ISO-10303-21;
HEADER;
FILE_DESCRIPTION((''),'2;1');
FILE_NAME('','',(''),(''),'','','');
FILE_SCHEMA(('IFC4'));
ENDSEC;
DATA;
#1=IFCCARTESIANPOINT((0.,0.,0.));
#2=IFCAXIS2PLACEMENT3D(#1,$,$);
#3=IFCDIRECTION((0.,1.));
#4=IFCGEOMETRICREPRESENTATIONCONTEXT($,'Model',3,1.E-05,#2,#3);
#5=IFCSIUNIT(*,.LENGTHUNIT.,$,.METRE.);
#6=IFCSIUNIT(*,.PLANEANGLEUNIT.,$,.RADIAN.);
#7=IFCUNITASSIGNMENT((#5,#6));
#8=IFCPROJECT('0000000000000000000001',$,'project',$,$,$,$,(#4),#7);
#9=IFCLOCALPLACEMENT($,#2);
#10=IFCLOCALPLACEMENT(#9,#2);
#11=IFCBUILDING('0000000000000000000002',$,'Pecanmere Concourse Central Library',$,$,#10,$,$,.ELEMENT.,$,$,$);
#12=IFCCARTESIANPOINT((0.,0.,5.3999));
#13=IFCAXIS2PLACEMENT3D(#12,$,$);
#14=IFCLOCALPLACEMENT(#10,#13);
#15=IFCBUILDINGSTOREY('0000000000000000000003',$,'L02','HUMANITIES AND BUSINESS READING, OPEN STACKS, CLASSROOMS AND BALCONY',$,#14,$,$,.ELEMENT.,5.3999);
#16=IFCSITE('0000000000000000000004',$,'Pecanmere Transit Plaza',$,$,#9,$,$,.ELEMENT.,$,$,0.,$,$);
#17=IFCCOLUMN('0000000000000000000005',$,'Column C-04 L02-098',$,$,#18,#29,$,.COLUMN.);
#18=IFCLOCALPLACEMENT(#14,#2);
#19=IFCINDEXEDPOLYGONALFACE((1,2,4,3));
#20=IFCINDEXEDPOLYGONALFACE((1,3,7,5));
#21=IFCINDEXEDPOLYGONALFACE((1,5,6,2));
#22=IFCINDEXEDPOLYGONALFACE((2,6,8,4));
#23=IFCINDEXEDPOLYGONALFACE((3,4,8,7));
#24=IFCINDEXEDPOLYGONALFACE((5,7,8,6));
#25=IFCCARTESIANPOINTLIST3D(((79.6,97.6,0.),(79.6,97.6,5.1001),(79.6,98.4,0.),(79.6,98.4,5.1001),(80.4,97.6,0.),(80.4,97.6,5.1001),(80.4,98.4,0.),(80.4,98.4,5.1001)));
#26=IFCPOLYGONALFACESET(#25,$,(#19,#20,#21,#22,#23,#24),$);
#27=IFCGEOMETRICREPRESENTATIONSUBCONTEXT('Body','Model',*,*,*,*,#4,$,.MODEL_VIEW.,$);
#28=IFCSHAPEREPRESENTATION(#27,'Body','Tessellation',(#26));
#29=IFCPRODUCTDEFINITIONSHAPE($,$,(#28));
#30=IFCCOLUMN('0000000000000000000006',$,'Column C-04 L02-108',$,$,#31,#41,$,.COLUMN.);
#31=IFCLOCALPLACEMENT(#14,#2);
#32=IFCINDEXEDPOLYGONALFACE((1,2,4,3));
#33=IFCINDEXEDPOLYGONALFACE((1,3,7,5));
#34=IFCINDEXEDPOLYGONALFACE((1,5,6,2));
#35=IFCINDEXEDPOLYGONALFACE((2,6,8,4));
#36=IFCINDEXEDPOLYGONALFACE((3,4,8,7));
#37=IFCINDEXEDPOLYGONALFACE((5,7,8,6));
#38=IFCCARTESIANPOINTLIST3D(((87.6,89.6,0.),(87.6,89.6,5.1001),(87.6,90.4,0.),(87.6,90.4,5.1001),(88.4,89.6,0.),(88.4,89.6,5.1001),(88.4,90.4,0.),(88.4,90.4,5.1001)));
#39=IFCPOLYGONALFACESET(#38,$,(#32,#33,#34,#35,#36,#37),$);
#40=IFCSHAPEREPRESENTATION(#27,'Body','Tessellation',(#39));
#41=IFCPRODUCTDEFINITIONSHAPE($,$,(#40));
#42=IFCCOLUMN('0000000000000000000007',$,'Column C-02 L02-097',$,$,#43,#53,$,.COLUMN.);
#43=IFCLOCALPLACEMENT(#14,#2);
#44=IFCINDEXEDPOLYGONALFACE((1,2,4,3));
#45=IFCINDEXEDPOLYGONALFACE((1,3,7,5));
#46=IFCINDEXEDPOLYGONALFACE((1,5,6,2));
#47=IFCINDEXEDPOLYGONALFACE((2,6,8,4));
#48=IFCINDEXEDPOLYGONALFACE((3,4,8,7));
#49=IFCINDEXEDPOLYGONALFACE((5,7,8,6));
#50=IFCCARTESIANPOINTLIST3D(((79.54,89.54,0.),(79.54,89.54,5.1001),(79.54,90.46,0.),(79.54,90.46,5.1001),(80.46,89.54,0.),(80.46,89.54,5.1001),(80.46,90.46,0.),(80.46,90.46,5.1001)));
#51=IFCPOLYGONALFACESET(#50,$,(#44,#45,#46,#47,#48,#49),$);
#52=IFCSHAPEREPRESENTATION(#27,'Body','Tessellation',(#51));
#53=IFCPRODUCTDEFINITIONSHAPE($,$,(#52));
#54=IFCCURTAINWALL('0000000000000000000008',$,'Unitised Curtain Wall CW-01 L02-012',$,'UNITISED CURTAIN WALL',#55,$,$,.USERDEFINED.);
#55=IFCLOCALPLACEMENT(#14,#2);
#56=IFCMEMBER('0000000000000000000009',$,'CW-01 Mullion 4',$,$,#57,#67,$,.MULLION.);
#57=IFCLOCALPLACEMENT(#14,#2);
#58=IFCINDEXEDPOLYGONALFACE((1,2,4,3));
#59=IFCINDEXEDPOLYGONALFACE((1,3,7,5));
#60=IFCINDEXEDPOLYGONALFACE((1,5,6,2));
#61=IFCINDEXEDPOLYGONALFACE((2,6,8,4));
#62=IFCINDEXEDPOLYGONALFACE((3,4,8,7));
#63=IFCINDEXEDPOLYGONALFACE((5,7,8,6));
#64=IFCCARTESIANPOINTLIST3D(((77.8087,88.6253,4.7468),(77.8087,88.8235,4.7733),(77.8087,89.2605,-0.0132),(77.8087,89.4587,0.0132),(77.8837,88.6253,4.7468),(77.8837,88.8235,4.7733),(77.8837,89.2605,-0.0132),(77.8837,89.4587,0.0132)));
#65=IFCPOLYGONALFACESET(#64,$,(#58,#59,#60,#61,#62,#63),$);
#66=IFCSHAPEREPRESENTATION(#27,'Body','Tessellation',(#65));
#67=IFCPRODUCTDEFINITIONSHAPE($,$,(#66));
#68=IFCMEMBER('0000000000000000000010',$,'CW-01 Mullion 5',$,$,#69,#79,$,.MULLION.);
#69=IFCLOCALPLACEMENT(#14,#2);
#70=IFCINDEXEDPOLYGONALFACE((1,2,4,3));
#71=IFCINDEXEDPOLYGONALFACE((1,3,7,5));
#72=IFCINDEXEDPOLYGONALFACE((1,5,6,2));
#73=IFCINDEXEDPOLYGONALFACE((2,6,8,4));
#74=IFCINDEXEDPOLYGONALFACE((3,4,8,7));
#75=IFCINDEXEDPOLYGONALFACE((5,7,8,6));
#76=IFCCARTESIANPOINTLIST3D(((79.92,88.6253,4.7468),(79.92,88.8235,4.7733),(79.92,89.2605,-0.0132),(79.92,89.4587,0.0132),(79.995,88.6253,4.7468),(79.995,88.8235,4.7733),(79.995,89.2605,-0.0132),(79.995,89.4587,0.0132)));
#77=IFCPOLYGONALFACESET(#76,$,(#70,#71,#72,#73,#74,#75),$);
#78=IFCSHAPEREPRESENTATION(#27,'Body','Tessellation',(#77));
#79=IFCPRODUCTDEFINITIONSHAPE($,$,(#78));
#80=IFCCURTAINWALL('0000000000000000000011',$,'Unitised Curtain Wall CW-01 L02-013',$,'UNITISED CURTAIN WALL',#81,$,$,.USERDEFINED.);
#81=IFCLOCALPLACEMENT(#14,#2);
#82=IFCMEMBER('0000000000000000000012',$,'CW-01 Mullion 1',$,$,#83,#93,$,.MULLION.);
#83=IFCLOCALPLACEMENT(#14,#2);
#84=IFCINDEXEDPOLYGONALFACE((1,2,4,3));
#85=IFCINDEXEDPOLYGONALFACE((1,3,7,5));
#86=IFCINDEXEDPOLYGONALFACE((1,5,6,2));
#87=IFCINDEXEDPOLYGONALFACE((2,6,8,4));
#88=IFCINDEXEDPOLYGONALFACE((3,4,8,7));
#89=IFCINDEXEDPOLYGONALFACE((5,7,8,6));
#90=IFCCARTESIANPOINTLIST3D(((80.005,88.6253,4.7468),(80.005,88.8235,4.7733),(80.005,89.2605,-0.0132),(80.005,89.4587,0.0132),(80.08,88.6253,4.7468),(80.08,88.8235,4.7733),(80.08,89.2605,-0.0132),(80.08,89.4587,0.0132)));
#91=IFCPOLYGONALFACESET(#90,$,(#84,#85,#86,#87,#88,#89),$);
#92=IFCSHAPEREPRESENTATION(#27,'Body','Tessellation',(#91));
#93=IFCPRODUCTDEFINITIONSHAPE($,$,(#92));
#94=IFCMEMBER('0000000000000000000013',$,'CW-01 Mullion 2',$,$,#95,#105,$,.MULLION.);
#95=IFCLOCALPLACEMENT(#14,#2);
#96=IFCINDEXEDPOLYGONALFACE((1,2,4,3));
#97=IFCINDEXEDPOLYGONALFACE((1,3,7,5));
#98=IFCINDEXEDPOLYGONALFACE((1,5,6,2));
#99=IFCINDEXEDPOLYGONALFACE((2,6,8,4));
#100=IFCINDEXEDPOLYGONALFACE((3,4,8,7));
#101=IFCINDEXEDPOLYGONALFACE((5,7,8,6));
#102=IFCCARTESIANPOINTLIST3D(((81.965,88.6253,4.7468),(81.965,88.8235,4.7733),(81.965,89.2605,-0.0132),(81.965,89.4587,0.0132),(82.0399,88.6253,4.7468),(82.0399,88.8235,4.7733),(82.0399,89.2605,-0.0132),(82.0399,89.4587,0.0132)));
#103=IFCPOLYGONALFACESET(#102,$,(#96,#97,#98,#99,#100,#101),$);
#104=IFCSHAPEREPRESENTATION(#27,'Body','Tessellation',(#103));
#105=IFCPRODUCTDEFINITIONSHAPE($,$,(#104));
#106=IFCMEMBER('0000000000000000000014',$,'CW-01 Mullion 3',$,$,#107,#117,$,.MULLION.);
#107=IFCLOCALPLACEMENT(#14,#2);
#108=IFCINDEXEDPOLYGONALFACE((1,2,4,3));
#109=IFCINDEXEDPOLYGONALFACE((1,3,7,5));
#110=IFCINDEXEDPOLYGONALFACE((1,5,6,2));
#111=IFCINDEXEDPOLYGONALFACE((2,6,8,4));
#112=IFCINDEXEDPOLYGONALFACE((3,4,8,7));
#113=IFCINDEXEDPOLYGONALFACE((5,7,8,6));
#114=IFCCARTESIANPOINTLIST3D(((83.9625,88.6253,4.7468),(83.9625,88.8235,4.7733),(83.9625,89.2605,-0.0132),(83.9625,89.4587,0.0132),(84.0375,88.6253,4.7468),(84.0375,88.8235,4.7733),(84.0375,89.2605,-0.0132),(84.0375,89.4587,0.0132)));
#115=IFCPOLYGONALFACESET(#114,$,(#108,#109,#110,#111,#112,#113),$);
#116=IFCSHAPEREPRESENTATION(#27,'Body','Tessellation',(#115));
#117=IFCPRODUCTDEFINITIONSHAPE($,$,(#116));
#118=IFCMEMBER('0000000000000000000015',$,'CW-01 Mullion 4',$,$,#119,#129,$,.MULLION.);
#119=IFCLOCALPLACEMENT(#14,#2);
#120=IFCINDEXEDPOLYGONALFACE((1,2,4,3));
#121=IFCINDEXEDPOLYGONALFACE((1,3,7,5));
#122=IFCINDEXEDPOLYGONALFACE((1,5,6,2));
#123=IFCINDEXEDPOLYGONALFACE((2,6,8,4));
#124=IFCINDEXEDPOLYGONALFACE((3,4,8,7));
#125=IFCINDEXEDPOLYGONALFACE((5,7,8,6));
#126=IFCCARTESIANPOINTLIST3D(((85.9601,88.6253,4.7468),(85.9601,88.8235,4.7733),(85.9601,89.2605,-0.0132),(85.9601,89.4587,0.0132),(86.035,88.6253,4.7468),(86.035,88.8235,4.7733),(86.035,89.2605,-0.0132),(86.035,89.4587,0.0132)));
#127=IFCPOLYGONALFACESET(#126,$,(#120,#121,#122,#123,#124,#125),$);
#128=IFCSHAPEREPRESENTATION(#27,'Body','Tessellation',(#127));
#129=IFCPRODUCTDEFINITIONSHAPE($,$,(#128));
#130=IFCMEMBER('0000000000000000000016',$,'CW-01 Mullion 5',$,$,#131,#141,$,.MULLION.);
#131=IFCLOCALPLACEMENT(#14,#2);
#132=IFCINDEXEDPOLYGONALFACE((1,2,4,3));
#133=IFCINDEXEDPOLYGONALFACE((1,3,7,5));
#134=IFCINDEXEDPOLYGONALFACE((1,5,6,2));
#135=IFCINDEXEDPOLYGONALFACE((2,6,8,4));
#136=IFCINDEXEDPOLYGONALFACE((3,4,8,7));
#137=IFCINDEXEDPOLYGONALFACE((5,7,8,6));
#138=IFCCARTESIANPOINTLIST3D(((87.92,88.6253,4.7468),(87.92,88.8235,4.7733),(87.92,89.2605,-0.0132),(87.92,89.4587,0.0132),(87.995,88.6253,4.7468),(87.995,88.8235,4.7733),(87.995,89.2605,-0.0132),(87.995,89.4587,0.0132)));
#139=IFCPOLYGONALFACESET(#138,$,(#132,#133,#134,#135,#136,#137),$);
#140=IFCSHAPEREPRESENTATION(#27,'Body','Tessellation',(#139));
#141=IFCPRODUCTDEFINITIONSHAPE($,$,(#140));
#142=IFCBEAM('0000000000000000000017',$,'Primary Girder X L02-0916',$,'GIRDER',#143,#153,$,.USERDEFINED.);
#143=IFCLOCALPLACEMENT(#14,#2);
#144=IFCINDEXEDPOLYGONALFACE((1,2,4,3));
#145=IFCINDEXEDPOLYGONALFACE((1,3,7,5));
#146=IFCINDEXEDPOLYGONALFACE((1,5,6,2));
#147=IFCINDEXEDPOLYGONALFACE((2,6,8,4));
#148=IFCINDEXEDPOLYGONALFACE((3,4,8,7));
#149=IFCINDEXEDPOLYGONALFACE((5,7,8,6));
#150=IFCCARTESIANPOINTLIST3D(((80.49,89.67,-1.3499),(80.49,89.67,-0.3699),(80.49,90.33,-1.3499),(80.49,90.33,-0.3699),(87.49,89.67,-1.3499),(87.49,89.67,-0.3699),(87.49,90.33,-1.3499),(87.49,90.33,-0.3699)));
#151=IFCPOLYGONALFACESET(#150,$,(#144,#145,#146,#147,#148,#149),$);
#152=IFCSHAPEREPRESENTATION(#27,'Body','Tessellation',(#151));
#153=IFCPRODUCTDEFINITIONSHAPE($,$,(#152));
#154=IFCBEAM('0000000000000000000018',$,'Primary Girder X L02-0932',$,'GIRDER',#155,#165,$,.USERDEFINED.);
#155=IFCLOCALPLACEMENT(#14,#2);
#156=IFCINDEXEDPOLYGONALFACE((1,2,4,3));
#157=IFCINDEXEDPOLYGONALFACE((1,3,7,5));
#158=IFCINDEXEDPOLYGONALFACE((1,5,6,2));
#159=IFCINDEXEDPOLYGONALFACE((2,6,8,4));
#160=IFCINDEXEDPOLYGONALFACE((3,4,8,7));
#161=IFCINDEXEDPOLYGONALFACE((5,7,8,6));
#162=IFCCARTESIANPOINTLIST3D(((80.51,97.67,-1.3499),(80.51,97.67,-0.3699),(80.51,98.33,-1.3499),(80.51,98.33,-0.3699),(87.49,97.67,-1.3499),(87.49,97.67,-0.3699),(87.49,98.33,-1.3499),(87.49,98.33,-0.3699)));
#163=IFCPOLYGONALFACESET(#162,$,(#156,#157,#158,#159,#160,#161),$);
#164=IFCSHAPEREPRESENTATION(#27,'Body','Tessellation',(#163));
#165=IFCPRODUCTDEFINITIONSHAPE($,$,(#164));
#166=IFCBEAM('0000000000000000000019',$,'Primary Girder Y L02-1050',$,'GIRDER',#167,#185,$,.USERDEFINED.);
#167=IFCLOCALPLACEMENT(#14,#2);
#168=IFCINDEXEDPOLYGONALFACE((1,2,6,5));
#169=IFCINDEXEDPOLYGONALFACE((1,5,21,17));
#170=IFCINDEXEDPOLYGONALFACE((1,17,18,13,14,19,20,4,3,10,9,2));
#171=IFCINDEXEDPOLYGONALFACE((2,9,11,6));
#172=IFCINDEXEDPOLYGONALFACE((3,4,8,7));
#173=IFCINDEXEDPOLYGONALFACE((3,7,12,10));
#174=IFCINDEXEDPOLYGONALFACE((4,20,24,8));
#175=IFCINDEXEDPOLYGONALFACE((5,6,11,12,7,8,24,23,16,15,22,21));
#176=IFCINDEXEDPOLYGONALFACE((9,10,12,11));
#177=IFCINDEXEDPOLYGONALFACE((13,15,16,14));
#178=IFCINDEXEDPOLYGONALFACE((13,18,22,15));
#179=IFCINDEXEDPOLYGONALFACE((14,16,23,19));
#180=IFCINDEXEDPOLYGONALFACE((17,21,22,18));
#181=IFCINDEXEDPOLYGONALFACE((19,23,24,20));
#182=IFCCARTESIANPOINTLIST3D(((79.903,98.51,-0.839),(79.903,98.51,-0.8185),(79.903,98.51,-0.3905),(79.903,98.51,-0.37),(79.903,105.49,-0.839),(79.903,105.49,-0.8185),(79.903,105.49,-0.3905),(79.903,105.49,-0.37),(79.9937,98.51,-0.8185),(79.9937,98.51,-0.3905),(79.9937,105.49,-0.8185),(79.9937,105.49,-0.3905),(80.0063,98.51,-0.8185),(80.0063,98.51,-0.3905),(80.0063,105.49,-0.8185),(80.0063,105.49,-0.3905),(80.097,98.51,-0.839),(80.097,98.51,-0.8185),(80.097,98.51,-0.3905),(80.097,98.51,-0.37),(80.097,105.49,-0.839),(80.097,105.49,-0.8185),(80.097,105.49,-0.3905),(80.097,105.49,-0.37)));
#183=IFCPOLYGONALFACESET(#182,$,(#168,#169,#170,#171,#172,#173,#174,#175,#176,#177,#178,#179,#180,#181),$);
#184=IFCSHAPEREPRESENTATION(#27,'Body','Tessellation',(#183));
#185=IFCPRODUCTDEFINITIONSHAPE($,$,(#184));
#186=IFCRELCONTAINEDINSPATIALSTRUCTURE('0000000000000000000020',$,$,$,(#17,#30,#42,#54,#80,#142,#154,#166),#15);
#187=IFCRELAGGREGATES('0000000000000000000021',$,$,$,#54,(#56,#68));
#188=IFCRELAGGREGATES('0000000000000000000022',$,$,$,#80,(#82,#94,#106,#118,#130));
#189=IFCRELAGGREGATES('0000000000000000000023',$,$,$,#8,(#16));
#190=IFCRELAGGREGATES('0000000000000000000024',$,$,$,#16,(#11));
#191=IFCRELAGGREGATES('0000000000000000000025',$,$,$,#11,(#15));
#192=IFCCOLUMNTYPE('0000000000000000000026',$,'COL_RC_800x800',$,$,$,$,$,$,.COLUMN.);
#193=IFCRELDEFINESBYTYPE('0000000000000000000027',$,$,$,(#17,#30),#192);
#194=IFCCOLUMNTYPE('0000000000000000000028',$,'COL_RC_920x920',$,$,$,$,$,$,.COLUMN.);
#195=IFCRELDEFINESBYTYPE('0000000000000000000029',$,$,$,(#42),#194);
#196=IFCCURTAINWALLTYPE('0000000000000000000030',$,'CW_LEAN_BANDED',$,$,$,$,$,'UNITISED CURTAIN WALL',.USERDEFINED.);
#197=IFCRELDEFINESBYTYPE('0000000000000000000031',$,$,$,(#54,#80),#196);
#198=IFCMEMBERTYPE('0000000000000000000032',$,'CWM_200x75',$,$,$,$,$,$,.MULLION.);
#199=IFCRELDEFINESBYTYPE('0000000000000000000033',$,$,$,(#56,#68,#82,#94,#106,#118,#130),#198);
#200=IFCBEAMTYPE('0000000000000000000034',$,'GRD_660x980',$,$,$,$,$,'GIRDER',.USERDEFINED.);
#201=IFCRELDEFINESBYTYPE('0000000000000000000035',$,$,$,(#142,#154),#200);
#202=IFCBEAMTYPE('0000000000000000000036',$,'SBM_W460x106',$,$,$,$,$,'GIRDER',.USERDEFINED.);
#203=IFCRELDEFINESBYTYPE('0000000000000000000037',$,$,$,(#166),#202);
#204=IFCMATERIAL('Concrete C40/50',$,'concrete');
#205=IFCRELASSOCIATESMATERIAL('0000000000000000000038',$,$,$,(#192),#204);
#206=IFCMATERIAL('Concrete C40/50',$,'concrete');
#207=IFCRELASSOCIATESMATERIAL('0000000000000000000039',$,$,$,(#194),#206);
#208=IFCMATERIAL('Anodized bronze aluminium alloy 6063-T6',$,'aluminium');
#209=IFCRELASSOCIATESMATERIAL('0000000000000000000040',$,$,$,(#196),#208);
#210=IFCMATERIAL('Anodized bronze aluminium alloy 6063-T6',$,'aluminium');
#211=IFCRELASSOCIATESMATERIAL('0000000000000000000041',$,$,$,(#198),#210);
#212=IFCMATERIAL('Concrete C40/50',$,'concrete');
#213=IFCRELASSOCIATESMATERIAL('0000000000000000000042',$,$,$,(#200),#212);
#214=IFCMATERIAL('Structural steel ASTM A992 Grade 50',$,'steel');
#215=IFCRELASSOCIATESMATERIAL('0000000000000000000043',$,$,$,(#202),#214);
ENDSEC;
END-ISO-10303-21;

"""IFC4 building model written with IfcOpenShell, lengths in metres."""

from ifc_helpers import new_model, si_unit, direction, frame, origin, origin_2d, place, context, subcontext, project, spatial, rectangle, i_section, extrude, material, material_profile, profile_set, type_object, element, aggregate, save


model = new_model("IFC4")

# Units and contexts
model_context = context("Model", 3, precision=1e-05, world=origin(), true_north=direction((0.0, 1.0)))
body_context = subcontext(model_context, "Body", "Model", "MODEL_VIEW")
ifc_project = project(units=[si_unit("LENGTHUNIT", "METRE"), si_unit("PLANEANGLEUNIT", "RADIAN")], contexts=[model_context])

# Site, building, storey
site_placement = place(None, origin())
site = spatial("IfcSite", under=ifc_project, at=site_placement, Name="Pecanmere Transit Plaza", CompositionType="ELEMENT", RefElevation=0.0)
building_placement = place(site_placement, origin())
building = spatial("IfcBuilding", under=site, at=building_placement, Name="Pecanmere Concourse Central Library", CompositionType="ELEMENT")
storey_placement = place(building_placement, frame((0.0, 0.0, 5.3999)))
storey = spatial("IfcBuildingStorey", under=building, at=storey_placement, Name="L02", Description="HUMANITIES AND BUSINESS READING, OPEN STACKS, CLASSROOMS AND BALCONY", CompositionType="ELEMENT", Elevation=5.3999)

# Columns
ifc_material_1 = material(Name="Concrete C40/50", Category="concrete")
ifc_material_profile_1 = material_profile(ifc_material_1, rectangle(XDim=0.8, YDim=0.8, at=origin_2d()), Name="RC 800x800")
ifc_profile_set_1 = profile_set([ifc_material_profile_1], Name="Concrete C40/50")
column_type_1 = type_object("IfcColumnType", Name="COL_RC_800x800", PredefinedType="COLUMN", material=ifc_profile_set_1)
for number, where, z_axis, x_axis, name in (
    (1, (80.0, 98.0, 0.0), (0.0, 0.0, 1.0), (1.0, 0.0, 0.0), "Column C-04 L02-098"),
    (2, (88.0, 90.0, 0.0), (0.0, 0.0, 1.0), (1.0, 0.0, 0.0), "Column C-04 L02-108"),
):
    element("IfcColumn", number, at=place(storey_placement, frame(where, z_axis=z_axis, x_axis=x_axis)), inside=storey, type_object=column_type_1, Name=name, PredefinedType="COLUMN", context=body_context, shape_type="SweptSolid", body=[
        extrude(rectangle(XDim=0.8, YDim=0.8, at=origin_2d()), origin(), (0.0, 0.0, 1.0), 5.1001),
    ])
ifc_material_2 = material(Name="Concrete C40/50", Category="concrete")
ifc_material_profile_2 = material_profile(ifc_material_2, rectangle(XDim=0.9199, YDim=0.9199, at=origin_2d()), Name="RC 920x920")
ifc_profile_set_2 = profile_set([ifc_material_profile_2], Name="Concrete C40/50")
column_type_2 = type_object("IfcColumnType", Name="COL_RC_920x920", PredefinedType="COLUMN", material=ifc_profile_set_2)
column_placement = place(storey_placement, frame((80.0, 90.0, 0.0), z_axis=(0.0, 0.0, 1.0), x_axis=(1.0, 0.0, 0.0)))
element("IfcColumn", 3, at=column_placement, inside=storey, type_object=column_type_2, Name="Column C-02 L02-097", PredefinedType="COLUMN", context=body_context, shape_type="SweptSolid", body=[
    extrude(rectangle(XDim=0.9199, YDim=0.9199, at=origin_2d()), origin(), (0.0, 0.0, 1.0), 5.1001),
])

# Curtain walls, members
ifc_material_3 = material(Name="Anodized bronze aluminium alloy 6063-T6", Category="aluminium")
curtain_wall_type = type_object("IfcCurtainWallType", Name="CW_LEAN_BANDED", ElementType="UNITISED CURTAIN WALL", PredefinedType="USERDEFINED", material=ifc_material_3)
curtain_wall_1_placement = place(storey_placement, origin())
curtain_wall_1 = element("IfcCurtainWall", 4, at=curtain_wall_1_placement, inside=storey, type_object=curtain_wall_type, Name="Unitised Curtain Wall CW-01 L02-012", ObjectType="UNITISED CURTAIN WALL", PredefinedType="USERDEFINED")
ifc_material_4 = material(Name="Anodized bronze aluminium alloy 6063-T6", Category="aluminium")
ifc_material_profile_3 = material_profile(ifc_material_4, rectangle(XDim=0.075, YDim=0.2, at=origin_2d()), Name="AL 75x200")
ifc_profile_set_3 = profile_set([ifc_material_profile_3], Name="Anodized bronze aluminium alloy 6063-T6")
member_type = type_object("IfcMemberType", Name="CWM_200x75", PredefinedType="MULLION", material=ifc_profile_set_3)
member_1_placement = place(storey_placement, frame((77.8462, 89.3596, 0.0), z_axis=(0.0, -0.132284, 0.991212), x_axis=(1.0, 0.0, 0.0)))
member_1 = element("IfcMember", 5, at=member_1_placement, type_object=member_type, Name="CW-01 Mullion 4", PredefinedType="MULLION", context=body_context, shape_type="SweptSolid", body=[
    extrude(rectangle(XDim=0.075, YDim=0.2, at=origin_2d()), origin(), (0.0, 0.0, 1.0), 4.8022),
])
member_2_placement = place(storey_placement, frame((79.9575, 89.3596, 0.0), z_axis=(0.0, -0.132284, 0.991212), x_axis=(1.0, 0.0, 0.0)))
member_2 = element("IfcMember", 6, at=member_2_placement, type_object=member_type, Name="CW-01 Mullion 5", PredefinedType="MULLION", context=body_context, shape_type="SweptSolid", body=[
    extrude(rectangle(XDim=0.075, YDim=0.2, at=origin_2d()), origin(), (0.0, 0.0, 1.0), 4.8022),
])
aggregate(curtain_wall_1, [member_1, member_2])
curtain_wall_2_placement = place(storey_placement, origin())
curtain_wall_2 = element("IfcCurtainWall", 7, at=curtain_wall_2_placement, inside=storey, type_object=curtain_wall_type, Name="Unitised Curtain Wall CW-01 L02-013", ObjectType="UNITISED CURTAIN WALL", PredefinedType="USERDEFINED")
member_3_placement = place(storey_placement, frame((80.0425, 89.3596, 0.0), z_axis=(0.0, -0.132284, 0.991212), x_axis=(1.0, 0.0, 0.0)))
member_3 = element("IfcMember", 8, at=member_3_placement, type_object=member_type, Name="CW-01 Mullion 1", PredefinedType="MULLION", context=body_context, shape_type="SweptSolid", body=[
    extrude(rectangle(XDim=0.075, YDim=0.2, at=origin_2d()), origin(), (0.0, 0.0, 1.0), 4.8022),
])
member_4_placement = place(storey_placement, frame((82.0024, 89.3596, 0.0), z_axis=(0.0, -0.132284, 0.991212), x_axis=(1.0, 0.0, 0.0)))
member_4 = element("IfcMember", 9, at=member_4_placement, type_object=member_type, Name="CW-01 Mullion 2", PredefinedType="MULLION", context=body_context, shape_type="SweptSolid", body=[
    extrude(rectangle(XDim=0.075, YDim=0.2, at=origin_2d()), origin(), (0.0, 0.0, 1.0), 4.8022),
])
member_5_placement = place(storey_placement, frame((84.0, 89.3596, 0.0), z_axis=(0.0, -0.132284, 0.991212), x_axis=(1.0, 0.0, 0.0)))
member_5 = element("IfcMember", 10, at=member_5_placement, type_object=member_type, Name="CW-01 Mullion 3", PredefinedType="MULLION", context=body_context, shape_type="SweptSolid", body=[
    extrude(rectangle(XDim=0.075, YDim=0.2, at=origin_2d()), origin(), (0.0, 0.0, 1.0), 4.8022),
])
member_6_placement = place(storey_placement, frame((85.9976, 89.3596, 0.0), z_axis=(0.0, -0.132284, 0.991212), x_axis=(1.0, 0.0, 0.0)))
member_6 = element("IfcMember", 11, at=member_6_placement, type_object=member_type, Name="CW-01 Mullion 4", PredefinedType="MULLION", context=body_context, shape_type="SweptSolid", body=[
    extrude(rectangle(XDim=0.075, YDim=0.2, at=origin_2d()), origin(), (0.0, 0.0, 1.0), 4.8022),
])
member_7_placement = place(storey_placement, frame((87.9575, 89.3596, 0.0), z_axis=(0.0, -0.132284, 0.991212), x_axis=(1.0, 0.0, 0.0)))
member_7 = element("IfcMember", 12, at=member_7_placement, type_object=member_type, Name="CW-01 Mullion 5", PredefinedType="MULLION", context=body_context, shape_type="SweptSolid", body=[
    extrude(rectangle(XDim=0.075, YDim=0.2, at=origin_2d()), origin(), (0.0, 0.0, 1.0), 4.8022),
])
aggregate(curtain_wall_2, [member_3, member_4, member_5, member_6, member_7])

# Beams
ifc_material_5 = material(Name="Concrete C40/50", Category="concrete")
ifc_material_profile_4 = material_profile(ifc_material_5, rectangle(XDim=0.6599, YDim=0.98, at=origin_2d()), Name="RC 660x980")
ifc_profile_set_4 = profile_set([ifc_material_profile_4], Name="Concrete C40/50")
beam_type_1 = type_object("IfcBeamType", Name="GRD_660x980", ElementType="GIRDER", PredefinedType="USERDEFINED", material=ifc_profile_set_4)
beam_1_placement = place(storey_placement, frame((80.49, 90.0, -0.8599), z_axis=(1.0, 0.0, 0.0), x_axis=(0.0, 1.0, 0.0)))
element("IfcBeam", 13, at=beam_1_placement, inside=storey, type_object=beam_type_1, Name="Primary Girder X L02-0916", ObjectType="GIRDER", PredefinedType="USERDEFINED", context=body_context, shape_type="SweptSolid", body=[
    extrude(rectangle(XDim=0.6599, YDim=0.98, at=origin_2d()), origin(), (0.0, 0.0, 1.0), 7.0),
])
beam_2_placement = place(storey_placement, frame((80.51, 98.0, -0.8599), z_axis=(1.0, 0.0, 0.0), x_axis=(0.0, 1.0, 0.0)))
element("IfcBeam", 14, at=beam_2_placement, inside=storey, type_object=beam_type_1, Name="Primary Girder X L02-0932", ObjectType="GIRDER", PredefinedType="USERDEFINED", context=body_context, shape_type="SweptSolid", body=[
    extrude(rectangle(XDim=0.6599, YDim=0.98, at=origin_2d()), origin(), (0.0, 0.0, 1.0), 6.98),
])
ifc_material_6 = material(Name="Structural steel ASTM A992 Grade 50", Category="steel")
ifc_material_profile_5 = material_profile(ifc_material_6, i_section(OverallWidth=0.1941, OverallDepth=0.469, WebThickness=0.0127, FlangeThickness=0.0205, at=origin_2d()), Name="W460x106")
ifc_profile_set_5 = profile_set([ifc_material_profile_5], Name="Structural steel ASTM A992 Grade 50")
beam_type_2 = type_object("IfcBeamType", Name="SBM_W460x106", ElementType="GIRDER", PredefinedType="USERDEFINED", material=ifc_profile_set_5)
beam_3_placement = place(storey_placement, frame((80.0, 98.51, -0.6045), z_axis=(0.0, 1.0, 0.0), x_axis=(-1.0, 0.0, 0.0)))
element("IfcBeam", 15, at=beam_3_placement, inside=storey, type_object=beam_type_2, Name="Primary Girder Y L02-1050", ObjectType="GIRDER", PredefinedType="USERDEFINED", context=body_context, shape_type="SweptSolid", body=[
    extrude(i_section(OverallWidth=0.1941, OverallDepth=0.469, WebThickness=0.0127, FlangeThickness=0.0205, at=origin_2d()), origin(), (0.0, 0.0, 1.0), 6.98),
])

save(model, "model.ifc")
